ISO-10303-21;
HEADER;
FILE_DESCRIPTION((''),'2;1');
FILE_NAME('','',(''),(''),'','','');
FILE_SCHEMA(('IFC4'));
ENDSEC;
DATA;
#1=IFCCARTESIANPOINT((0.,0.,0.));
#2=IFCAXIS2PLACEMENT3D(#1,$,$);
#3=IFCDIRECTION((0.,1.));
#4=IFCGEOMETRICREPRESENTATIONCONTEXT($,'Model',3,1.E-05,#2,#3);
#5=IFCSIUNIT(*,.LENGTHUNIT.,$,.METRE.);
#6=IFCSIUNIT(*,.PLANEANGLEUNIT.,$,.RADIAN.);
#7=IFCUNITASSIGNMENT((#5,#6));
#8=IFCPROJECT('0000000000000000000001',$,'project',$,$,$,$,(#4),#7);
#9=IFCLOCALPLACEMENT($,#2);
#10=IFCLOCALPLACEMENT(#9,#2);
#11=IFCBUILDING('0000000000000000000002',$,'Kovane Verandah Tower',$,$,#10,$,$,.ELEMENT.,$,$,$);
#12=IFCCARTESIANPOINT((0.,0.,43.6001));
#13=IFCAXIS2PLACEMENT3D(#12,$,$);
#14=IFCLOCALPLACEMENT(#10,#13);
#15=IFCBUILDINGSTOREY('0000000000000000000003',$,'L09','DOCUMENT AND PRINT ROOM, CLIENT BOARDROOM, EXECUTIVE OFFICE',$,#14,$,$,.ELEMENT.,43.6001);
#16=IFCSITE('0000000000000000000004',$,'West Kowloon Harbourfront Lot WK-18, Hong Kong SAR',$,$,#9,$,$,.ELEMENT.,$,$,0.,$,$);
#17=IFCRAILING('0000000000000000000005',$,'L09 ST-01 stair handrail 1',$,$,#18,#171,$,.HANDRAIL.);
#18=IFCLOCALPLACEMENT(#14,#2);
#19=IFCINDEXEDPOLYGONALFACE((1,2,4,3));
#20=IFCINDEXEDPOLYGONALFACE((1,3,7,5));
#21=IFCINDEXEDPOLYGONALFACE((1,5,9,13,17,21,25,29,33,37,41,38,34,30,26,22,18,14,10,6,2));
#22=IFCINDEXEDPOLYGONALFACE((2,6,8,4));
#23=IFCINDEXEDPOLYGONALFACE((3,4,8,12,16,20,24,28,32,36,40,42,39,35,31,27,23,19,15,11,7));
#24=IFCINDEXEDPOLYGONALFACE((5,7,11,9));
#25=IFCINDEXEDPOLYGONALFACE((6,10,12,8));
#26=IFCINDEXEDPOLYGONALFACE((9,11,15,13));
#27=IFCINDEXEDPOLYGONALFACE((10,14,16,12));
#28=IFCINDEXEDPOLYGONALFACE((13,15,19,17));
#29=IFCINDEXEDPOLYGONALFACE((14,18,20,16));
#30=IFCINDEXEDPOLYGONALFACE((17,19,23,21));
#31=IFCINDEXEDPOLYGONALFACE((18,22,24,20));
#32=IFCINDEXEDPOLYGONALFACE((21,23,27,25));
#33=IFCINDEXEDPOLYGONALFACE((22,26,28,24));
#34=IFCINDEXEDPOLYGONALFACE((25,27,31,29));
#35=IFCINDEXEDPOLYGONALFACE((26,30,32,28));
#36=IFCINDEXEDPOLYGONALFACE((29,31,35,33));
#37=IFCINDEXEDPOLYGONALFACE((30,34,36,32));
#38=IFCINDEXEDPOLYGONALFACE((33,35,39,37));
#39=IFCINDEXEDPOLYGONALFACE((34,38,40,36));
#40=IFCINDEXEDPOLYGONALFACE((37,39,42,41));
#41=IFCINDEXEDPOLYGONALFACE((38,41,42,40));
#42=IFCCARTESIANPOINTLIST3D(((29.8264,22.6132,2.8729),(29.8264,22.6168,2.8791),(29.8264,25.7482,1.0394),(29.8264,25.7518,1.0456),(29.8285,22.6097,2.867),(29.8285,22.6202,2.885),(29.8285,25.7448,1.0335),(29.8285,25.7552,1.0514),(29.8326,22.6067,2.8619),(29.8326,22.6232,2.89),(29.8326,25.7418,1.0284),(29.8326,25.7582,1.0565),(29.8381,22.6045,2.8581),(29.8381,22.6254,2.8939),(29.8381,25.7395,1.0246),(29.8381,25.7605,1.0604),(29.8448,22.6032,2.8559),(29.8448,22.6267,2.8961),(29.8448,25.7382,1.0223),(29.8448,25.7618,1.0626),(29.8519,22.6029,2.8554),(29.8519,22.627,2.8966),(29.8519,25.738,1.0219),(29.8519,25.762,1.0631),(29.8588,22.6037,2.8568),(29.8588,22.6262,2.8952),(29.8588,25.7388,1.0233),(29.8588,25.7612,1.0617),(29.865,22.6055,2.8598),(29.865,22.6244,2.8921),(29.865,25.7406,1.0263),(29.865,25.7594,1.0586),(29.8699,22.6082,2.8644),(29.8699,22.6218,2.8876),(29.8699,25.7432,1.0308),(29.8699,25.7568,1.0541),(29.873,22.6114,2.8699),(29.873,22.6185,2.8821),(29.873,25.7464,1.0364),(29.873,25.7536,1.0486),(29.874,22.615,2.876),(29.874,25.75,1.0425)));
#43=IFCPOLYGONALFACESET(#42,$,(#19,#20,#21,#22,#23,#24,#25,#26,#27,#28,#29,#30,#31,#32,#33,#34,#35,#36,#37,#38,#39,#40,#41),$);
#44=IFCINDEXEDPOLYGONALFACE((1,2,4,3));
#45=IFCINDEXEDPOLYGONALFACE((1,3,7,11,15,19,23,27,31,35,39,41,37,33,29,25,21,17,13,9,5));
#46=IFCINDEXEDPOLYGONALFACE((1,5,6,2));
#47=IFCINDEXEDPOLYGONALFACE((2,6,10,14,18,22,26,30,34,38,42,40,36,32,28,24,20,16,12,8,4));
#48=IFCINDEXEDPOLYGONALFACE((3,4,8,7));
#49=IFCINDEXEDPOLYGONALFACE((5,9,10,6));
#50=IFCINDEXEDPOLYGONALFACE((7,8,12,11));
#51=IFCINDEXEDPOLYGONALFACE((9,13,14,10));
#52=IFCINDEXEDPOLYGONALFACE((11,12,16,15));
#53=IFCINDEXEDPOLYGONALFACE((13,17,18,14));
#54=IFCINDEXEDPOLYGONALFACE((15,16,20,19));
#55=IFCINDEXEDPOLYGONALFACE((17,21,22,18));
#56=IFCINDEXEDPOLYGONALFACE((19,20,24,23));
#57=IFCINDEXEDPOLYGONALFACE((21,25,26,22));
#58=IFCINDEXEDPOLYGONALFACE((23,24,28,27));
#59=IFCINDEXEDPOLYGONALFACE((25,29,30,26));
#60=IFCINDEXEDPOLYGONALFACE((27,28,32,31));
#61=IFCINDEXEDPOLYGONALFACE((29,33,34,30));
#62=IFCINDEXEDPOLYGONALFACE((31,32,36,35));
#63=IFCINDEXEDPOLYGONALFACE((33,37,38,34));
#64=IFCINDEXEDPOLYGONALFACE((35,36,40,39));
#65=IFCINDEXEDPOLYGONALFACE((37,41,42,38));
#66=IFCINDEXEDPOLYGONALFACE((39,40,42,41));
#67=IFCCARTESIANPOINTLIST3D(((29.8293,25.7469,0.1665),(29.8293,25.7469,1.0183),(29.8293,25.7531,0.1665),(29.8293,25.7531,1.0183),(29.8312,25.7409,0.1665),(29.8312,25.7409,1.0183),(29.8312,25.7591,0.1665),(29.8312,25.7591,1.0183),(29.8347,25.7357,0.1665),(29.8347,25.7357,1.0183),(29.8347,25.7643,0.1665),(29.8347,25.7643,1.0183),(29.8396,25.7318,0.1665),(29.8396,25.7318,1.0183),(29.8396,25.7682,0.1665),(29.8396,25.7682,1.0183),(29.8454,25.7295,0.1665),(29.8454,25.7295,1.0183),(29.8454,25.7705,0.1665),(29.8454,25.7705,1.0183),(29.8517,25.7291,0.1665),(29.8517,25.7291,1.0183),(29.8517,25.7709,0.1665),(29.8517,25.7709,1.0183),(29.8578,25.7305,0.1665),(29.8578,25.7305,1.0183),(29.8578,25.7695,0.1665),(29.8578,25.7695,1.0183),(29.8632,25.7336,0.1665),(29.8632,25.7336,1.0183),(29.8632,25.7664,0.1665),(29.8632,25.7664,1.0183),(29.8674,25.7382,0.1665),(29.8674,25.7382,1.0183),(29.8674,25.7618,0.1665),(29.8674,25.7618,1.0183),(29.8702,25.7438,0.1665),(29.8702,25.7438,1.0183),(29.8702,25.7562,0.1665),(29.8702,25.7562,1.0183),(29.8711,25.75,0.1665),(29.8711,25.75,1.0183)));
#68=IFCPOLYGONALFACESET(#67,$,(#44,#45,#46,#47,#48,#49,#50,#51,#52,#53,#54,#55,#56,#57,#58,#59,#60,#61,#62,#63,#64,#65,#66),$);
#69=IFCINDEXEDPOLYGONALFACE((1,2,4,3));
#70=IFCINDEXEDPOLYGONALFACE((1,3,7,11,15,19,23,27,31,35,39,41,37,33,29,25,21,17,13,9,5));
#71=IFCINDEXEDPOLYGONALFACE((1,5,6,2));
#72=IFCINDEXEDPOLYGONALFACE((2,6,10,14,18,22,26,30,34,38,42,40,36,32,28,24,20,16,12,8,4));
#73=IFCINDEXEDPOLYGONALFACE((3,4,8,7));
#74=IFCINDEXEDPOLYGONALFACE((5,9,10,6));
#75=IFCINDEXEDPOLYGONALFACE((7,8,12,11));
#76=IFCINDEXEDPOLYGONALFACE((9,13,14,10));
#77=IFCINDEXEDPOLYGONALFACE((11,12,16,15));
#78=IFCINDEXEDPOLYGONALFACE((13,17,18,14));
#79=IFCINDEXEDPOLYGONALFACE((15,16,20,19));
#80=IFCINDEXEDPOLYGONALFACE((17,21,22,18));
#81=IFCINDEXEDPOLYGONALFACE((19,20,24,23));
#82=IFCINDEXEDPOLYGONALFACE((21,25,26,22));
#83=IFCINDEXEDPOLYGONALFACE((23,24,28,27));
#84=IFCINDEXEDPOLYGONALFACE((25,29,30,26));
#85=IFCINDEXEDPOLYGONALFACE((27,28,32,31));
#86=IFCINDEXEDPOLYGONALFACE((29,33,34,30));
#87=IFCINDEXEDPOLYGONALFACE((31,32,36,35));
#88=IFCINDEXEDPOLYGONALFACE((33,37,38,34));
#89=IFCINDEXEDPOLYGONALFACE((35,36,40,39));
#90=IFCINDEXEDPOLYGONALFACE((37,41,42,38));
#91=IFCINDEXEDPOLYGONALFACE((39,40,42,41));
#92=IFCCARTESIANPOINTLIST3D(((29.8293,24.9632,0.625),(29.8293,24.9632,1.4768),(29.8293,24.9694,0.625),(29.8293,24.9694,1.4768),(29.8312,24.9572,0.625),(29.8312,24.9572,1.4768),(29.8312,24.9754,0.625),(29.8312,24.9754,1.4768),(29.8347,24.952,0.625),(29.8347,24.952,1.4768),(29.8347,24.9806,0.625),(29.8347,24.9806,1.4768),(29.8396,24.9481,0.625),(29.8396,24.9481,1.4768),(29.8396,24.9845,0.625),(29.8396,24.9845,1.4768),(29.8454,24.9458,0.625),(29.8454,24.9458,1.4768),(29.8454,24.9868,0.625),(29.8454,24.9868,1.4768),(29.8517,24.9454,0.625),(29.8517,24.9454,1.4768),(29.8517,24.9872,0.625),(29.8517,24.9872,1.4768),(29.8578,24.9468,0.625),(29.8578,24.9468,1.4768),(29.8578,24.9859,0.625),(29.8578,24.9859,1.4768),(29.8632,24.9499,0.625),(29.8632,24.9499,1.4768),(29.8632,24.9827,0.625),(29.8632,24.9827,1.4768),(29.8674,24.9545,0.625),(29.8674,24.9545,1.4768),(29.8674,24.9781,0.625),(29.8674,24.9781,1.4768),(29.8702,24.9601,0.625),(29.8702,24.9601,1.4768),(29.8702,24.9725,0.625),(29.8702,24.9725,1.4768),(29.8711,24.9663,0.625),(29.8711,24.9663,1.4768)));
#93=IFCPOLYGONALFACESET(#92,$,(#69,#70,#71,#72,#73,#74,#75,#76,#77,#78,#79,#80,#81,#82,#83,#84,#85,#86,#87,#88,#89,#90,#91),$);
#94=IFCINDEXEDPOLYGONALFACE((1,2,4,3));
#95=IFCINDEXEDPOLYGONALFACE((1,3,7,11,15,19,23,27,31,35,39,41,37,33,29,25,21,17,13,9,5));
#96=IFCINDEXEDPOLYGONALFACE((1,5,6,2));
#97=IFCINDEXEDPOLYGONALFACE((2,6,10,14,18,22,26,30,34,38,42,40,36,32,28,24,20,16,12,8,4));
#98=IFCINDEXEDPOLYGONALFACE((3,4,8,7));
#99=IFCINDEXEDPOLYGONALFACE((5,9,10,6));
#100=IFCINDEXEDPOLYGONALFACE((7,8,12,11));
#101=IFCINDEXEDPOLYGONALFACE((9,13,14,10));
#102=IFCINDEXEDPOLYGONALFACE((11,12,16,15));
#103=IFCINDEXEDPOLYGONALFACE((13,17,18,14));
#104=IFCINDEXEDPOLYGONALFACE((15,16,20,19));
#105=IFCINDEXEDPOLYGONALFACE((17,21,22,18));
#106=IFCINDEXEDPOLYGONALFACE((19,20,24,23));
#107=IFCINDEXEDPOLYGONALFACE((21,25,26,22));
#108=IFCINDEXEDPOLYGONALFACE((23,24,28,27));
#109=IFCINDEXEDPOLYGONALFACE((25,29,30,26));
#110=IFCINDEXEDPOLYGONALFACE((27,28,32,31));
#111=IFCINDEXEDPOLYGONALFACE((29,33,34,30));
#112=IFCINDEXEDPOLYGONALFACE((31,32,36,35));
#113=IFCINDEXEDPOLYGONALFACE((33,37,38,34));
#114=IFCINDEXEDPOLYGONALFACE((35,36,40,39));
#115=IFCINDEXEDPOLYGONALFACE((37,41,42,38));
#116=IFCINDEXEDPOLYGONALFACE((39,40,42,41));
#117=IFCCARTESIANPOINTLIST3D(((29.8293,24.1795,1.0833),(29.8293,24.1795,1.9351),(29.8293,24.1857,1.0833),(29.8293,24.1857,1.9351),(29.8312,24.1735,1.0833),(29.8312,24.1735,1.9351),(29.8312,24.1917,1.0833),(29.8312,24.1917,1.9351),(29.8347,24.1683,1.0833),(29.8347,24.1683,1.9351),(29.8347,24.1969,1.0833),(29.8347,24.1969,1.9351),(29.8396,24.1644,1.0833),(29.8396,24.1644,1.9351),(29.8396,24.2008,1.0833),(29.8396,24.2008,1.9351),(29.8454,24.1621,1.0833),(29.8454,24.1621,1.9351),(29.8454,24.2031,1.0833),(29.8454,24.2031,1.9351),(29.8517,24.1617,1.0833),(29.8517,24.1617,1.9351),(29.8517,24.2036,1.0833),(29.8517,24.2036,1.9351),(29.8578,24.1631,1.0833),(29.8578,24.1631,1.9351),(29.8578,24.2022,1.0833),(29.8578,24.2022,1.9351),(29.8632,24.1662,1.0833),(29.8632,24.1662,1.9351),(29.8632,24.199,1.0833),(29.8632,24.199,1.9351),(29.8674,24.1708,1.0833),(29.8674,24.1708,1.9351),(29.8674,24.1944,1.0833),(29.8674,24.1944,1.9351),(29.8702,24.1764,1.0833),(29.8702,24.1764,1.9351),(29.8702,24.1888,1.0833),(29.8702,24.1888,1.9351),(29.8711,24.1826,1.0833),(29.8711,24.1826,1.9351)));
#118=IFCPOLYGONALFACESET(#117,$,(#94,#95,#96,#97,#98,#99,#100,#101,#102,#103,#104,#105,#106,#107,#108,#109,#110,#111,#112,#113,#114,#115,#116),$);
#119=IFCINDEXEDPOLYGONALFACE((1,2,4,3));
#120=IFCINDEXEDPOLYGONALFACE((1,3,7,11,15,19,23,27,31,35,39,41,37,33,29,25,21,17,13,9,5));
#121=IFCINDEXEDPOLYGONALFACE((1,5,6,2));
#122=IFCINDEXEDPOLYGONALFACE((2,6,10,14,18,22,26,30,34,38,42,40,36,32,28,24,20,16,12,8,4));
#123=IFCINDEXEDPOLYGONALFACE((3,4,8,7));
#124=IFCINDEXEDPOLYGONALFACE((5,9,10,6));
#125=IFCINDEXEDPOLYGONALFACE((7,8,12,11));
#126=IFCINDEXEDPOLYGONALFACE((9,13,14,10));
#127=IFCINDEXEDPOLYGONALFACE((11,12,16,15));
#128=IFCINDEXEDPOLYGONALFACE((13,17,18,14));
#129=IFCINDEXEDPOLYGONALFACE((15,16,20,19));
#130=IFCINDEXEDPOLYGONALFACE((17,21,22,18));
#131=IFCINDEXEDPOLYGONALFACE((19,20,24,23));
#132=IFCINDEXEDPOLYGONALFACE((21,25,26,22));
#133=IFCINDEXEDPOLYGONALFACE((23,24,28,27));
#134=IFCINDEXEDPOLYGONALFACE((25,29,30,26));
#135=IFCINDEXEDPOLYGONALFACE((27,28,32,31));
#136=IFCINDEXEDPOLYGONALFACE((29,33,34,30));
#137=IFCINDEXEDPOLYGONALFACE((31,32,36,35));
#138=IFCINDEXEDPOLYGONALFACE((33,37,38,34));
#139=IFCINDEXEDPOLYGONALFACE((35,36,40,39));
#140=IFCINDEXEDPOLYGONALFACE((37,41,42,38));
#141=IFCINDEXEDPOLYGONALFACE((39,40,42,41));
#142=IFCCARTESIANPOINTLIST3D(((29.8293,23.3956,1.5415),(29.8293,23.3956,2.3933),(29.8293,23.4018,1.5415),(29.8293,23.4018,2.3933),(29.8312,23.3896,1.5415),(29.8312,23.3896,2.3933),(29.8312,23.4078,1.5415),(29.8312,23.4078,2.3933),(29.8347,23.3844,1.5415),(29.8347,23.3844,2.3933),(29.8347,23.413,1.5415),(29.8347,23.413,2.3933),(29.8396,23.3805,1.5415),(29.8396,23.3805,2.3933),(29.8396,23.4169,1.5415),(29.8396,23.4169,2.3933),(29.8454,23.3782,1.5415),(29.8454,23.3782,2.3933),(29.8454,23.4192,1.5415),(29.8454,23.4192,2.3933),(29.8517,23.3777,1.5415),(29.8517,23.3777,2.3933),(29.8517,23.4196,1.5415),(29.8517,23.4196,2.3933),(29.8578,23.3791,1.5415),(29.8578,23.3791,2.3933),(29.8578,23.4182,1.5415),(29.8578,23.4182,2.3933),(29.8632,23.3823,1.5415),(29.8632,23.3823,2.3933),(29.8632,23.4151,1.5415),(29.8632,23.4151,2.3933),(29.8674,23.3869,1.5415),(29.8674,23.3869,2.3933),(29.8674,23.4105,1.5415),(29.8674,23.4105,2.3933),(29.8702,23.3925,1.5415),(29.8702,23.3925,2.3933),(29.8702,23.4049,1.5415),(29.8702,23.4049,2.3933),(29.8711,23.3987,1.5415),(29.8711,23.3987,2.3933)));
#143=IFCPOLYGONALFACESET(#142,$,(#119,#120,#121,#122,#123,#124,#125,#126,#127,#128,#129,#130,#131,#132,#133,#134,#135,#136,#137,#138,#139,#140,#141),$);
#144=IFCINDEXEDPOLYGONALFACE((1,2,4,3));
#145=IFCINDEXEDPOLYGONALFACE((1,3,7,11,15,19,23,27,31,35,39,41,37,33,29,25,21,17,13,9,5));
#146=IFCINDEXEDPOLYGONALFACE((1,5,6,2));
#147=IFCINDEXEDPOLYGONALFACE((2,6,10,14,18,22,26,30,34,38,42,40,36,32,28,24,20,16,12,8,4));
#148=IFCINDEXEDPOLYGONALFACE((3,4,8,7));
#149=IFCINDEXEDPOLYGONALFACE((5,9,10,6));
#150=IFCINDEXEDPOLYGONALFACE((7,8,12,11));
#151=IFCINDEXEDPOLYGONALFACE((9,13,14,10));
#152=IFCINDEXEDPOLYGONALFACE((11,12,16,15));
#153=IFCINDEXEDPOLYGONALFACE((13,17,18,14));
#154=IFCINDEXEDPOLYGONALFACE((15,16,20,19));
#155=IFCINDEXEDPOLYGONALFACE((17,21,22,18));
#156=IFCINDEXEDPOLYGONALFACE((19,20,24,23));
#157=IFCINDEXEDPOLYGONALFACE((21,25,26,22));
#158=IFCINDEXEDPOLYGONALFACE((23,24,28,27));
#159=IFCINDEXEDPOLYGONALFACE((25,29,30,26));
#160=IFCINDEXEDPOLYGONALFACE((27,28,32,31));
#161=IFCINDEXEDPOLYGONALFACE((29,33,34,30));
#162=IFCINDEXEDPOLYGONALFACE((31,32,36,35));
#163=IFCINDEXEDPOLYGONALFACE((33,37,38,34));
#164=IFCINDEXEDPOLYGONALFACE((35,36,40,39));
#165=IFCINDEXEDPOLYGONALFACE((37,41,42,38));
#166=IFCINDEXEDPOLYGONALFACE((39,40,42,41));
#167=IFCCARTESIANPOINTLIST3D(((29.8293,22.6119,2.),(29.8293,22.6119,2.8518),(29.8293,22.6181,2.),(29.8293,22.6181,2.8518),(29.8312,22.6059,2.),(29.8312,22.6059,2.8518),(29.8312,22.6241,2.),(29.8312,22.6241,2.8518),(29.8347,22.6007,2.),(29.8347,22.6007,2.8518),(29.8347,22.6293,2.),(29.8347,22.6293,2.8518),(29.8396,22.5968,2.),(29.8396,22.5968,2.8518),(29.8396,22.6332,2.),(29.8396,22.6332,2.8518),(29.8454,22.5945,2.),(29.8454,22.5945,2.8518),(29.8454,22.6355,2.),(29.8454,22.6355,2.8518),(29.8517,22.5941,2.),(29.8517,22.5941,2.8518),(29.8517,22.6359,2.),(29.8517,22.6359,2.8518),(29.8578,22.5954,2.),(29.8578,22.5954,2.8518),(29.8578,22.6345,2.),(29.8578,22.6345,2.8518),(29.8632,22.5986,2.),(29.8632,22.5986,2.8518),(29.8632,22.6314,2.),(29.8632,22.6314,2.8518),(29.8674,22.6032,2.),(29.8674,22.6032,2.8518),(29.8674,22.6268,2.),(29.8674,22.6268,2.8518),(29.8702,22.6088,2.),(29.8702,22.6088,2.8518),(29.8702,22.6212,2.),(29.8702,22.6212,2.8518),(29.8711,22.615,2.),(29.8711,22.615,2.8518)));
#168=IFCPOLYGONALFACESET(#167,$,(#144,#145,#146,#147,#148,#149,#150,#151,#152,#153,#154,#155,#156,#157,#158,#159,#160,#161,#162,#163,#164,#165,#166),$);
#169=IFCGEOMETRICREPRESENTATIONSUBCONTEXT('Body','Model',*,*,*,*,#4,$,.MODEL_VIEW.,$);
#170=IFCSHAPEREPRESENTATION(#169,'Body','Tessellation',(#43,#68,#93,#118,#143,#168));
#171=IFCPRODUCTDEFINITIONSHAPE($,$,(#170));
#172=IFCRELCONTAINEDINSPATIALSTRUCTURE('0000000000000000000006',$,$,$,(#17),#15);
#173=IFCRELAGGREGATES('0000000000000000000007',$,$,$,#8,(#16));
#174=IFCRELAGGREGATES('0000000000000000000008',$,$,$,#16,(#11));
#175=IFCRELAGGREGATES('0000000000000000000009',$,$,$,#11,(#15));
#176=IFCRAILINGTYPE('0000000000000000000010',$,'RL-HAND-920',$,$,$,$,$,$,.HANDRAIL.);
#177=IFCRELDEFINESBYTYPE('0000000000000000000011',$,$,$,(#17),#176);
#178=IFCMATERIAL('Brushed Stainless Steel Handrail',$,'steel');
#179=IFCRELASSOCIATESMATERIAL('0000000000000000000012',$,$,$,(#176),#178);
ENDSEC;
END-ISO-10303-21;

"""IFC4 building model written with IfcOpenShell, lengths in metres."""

from ifc_helpers import new_model, si_unit, direction, frame, origin, origin_2d, place, context, subcontext, project, spatial, circle, extrude, material, type_object, element, save


model = new_model("IFC4")

# Units and contexts
model_context = context("Model", 3, precision=1e-05, world=origin(), true_north=direction((0.0, 1.0)))
body_context = subcontext(model_context, "Body", "Model", "MODEL_VIEW")
ifc_project = project(units=[si_unit("LENGTHUNIT", "METRE"), si_unit("PLANEANGLEUNIT", "RADIAN")], contexts=[model_context])

# Site, building, storey
site_placement = place(None, origin())
site = spatial("IfcSite", under=ifc_project, at=site_placement, Name="West Kowloon Harbourfront Lot WK-18, Hong Kong SAR", CompositionType="ELEMENT", RefElevation=0.0)
building_placement = place(site_placement, origin())
building = spatial("IfcBuilding", under=site, at=building_placement, Name="Kovane Verandah Tower", CompositionType="ELEMENT")
storey_placement = place(building_placement, frame((0.0, 0.0, 43.6001)))
storey = spatial("IfcBuildingStorey", under=building, at=storey_placement, Name="L09", Description="DOCUMENT AND PRINT ROOM, CLIENT BOARDROOM, EXECUTIVE OFFICE", CompositionType="ELEMENT", Elevation=43.6001)

# Railing
ifc_material_1 = material(Name="Brushed Stainless Steel Handrail", Category="steel")
railing_type_1 = type_object("IfcRailingType", Name="RL-HAND-920", PredefinedType="HANDRAIL", material=ifc_material_1)
railing_1_placement = place(storey_placement, frame((29.8501, 25.75, 0.1665)))
element("IfcRailing", 1, at=railing_1_placement, inside=storey, type_object=railing_type_1, Name="L09 ST-01 stair handrail 1", PredefinedType="HANDRAIL", context=body_context, shape_type="SweptSolid", body=[
    extrude(circle(Radius=0.0239, at=origin_2d()), frame((0.0, 0.0, 0.876), z_axis=(0.0, -0.86321, 0.504845), x_axis=(1.0, 0.0, 0.0)), (0.0, 0.0, 1.0), 3.6318),
    extrude(circle(Radius=0.021, at=origin_2d()), origin(), (0.0, 0.0, 1.0), 0.8518),
    extrude(circle(Radius=0.021, at=origin_2d()), frame((0.0, -0.7837, 0.4585)), (0.0, 0.0, 1.0), 0.8518),
    extrude(circle(Radius=0.021, at=origin_2d()), frame((0.0, -1.5674, 0.9167)), (0.0, 0.0, 1.0), 0.8518),
    extrude(circle(Radius=0.021, at=origin_2d()), frame((0.0, -2.3513, 1.375)), (0.0, 0.0, 1.0), 0.8518),
    extrude(circle(Radius=0.021, at=origin_2d()), frame((0.0, -3.135, 1.8335)), (0.0, 0.0, 1.0), 0.8518),
])

save(model, "model.ifc")
